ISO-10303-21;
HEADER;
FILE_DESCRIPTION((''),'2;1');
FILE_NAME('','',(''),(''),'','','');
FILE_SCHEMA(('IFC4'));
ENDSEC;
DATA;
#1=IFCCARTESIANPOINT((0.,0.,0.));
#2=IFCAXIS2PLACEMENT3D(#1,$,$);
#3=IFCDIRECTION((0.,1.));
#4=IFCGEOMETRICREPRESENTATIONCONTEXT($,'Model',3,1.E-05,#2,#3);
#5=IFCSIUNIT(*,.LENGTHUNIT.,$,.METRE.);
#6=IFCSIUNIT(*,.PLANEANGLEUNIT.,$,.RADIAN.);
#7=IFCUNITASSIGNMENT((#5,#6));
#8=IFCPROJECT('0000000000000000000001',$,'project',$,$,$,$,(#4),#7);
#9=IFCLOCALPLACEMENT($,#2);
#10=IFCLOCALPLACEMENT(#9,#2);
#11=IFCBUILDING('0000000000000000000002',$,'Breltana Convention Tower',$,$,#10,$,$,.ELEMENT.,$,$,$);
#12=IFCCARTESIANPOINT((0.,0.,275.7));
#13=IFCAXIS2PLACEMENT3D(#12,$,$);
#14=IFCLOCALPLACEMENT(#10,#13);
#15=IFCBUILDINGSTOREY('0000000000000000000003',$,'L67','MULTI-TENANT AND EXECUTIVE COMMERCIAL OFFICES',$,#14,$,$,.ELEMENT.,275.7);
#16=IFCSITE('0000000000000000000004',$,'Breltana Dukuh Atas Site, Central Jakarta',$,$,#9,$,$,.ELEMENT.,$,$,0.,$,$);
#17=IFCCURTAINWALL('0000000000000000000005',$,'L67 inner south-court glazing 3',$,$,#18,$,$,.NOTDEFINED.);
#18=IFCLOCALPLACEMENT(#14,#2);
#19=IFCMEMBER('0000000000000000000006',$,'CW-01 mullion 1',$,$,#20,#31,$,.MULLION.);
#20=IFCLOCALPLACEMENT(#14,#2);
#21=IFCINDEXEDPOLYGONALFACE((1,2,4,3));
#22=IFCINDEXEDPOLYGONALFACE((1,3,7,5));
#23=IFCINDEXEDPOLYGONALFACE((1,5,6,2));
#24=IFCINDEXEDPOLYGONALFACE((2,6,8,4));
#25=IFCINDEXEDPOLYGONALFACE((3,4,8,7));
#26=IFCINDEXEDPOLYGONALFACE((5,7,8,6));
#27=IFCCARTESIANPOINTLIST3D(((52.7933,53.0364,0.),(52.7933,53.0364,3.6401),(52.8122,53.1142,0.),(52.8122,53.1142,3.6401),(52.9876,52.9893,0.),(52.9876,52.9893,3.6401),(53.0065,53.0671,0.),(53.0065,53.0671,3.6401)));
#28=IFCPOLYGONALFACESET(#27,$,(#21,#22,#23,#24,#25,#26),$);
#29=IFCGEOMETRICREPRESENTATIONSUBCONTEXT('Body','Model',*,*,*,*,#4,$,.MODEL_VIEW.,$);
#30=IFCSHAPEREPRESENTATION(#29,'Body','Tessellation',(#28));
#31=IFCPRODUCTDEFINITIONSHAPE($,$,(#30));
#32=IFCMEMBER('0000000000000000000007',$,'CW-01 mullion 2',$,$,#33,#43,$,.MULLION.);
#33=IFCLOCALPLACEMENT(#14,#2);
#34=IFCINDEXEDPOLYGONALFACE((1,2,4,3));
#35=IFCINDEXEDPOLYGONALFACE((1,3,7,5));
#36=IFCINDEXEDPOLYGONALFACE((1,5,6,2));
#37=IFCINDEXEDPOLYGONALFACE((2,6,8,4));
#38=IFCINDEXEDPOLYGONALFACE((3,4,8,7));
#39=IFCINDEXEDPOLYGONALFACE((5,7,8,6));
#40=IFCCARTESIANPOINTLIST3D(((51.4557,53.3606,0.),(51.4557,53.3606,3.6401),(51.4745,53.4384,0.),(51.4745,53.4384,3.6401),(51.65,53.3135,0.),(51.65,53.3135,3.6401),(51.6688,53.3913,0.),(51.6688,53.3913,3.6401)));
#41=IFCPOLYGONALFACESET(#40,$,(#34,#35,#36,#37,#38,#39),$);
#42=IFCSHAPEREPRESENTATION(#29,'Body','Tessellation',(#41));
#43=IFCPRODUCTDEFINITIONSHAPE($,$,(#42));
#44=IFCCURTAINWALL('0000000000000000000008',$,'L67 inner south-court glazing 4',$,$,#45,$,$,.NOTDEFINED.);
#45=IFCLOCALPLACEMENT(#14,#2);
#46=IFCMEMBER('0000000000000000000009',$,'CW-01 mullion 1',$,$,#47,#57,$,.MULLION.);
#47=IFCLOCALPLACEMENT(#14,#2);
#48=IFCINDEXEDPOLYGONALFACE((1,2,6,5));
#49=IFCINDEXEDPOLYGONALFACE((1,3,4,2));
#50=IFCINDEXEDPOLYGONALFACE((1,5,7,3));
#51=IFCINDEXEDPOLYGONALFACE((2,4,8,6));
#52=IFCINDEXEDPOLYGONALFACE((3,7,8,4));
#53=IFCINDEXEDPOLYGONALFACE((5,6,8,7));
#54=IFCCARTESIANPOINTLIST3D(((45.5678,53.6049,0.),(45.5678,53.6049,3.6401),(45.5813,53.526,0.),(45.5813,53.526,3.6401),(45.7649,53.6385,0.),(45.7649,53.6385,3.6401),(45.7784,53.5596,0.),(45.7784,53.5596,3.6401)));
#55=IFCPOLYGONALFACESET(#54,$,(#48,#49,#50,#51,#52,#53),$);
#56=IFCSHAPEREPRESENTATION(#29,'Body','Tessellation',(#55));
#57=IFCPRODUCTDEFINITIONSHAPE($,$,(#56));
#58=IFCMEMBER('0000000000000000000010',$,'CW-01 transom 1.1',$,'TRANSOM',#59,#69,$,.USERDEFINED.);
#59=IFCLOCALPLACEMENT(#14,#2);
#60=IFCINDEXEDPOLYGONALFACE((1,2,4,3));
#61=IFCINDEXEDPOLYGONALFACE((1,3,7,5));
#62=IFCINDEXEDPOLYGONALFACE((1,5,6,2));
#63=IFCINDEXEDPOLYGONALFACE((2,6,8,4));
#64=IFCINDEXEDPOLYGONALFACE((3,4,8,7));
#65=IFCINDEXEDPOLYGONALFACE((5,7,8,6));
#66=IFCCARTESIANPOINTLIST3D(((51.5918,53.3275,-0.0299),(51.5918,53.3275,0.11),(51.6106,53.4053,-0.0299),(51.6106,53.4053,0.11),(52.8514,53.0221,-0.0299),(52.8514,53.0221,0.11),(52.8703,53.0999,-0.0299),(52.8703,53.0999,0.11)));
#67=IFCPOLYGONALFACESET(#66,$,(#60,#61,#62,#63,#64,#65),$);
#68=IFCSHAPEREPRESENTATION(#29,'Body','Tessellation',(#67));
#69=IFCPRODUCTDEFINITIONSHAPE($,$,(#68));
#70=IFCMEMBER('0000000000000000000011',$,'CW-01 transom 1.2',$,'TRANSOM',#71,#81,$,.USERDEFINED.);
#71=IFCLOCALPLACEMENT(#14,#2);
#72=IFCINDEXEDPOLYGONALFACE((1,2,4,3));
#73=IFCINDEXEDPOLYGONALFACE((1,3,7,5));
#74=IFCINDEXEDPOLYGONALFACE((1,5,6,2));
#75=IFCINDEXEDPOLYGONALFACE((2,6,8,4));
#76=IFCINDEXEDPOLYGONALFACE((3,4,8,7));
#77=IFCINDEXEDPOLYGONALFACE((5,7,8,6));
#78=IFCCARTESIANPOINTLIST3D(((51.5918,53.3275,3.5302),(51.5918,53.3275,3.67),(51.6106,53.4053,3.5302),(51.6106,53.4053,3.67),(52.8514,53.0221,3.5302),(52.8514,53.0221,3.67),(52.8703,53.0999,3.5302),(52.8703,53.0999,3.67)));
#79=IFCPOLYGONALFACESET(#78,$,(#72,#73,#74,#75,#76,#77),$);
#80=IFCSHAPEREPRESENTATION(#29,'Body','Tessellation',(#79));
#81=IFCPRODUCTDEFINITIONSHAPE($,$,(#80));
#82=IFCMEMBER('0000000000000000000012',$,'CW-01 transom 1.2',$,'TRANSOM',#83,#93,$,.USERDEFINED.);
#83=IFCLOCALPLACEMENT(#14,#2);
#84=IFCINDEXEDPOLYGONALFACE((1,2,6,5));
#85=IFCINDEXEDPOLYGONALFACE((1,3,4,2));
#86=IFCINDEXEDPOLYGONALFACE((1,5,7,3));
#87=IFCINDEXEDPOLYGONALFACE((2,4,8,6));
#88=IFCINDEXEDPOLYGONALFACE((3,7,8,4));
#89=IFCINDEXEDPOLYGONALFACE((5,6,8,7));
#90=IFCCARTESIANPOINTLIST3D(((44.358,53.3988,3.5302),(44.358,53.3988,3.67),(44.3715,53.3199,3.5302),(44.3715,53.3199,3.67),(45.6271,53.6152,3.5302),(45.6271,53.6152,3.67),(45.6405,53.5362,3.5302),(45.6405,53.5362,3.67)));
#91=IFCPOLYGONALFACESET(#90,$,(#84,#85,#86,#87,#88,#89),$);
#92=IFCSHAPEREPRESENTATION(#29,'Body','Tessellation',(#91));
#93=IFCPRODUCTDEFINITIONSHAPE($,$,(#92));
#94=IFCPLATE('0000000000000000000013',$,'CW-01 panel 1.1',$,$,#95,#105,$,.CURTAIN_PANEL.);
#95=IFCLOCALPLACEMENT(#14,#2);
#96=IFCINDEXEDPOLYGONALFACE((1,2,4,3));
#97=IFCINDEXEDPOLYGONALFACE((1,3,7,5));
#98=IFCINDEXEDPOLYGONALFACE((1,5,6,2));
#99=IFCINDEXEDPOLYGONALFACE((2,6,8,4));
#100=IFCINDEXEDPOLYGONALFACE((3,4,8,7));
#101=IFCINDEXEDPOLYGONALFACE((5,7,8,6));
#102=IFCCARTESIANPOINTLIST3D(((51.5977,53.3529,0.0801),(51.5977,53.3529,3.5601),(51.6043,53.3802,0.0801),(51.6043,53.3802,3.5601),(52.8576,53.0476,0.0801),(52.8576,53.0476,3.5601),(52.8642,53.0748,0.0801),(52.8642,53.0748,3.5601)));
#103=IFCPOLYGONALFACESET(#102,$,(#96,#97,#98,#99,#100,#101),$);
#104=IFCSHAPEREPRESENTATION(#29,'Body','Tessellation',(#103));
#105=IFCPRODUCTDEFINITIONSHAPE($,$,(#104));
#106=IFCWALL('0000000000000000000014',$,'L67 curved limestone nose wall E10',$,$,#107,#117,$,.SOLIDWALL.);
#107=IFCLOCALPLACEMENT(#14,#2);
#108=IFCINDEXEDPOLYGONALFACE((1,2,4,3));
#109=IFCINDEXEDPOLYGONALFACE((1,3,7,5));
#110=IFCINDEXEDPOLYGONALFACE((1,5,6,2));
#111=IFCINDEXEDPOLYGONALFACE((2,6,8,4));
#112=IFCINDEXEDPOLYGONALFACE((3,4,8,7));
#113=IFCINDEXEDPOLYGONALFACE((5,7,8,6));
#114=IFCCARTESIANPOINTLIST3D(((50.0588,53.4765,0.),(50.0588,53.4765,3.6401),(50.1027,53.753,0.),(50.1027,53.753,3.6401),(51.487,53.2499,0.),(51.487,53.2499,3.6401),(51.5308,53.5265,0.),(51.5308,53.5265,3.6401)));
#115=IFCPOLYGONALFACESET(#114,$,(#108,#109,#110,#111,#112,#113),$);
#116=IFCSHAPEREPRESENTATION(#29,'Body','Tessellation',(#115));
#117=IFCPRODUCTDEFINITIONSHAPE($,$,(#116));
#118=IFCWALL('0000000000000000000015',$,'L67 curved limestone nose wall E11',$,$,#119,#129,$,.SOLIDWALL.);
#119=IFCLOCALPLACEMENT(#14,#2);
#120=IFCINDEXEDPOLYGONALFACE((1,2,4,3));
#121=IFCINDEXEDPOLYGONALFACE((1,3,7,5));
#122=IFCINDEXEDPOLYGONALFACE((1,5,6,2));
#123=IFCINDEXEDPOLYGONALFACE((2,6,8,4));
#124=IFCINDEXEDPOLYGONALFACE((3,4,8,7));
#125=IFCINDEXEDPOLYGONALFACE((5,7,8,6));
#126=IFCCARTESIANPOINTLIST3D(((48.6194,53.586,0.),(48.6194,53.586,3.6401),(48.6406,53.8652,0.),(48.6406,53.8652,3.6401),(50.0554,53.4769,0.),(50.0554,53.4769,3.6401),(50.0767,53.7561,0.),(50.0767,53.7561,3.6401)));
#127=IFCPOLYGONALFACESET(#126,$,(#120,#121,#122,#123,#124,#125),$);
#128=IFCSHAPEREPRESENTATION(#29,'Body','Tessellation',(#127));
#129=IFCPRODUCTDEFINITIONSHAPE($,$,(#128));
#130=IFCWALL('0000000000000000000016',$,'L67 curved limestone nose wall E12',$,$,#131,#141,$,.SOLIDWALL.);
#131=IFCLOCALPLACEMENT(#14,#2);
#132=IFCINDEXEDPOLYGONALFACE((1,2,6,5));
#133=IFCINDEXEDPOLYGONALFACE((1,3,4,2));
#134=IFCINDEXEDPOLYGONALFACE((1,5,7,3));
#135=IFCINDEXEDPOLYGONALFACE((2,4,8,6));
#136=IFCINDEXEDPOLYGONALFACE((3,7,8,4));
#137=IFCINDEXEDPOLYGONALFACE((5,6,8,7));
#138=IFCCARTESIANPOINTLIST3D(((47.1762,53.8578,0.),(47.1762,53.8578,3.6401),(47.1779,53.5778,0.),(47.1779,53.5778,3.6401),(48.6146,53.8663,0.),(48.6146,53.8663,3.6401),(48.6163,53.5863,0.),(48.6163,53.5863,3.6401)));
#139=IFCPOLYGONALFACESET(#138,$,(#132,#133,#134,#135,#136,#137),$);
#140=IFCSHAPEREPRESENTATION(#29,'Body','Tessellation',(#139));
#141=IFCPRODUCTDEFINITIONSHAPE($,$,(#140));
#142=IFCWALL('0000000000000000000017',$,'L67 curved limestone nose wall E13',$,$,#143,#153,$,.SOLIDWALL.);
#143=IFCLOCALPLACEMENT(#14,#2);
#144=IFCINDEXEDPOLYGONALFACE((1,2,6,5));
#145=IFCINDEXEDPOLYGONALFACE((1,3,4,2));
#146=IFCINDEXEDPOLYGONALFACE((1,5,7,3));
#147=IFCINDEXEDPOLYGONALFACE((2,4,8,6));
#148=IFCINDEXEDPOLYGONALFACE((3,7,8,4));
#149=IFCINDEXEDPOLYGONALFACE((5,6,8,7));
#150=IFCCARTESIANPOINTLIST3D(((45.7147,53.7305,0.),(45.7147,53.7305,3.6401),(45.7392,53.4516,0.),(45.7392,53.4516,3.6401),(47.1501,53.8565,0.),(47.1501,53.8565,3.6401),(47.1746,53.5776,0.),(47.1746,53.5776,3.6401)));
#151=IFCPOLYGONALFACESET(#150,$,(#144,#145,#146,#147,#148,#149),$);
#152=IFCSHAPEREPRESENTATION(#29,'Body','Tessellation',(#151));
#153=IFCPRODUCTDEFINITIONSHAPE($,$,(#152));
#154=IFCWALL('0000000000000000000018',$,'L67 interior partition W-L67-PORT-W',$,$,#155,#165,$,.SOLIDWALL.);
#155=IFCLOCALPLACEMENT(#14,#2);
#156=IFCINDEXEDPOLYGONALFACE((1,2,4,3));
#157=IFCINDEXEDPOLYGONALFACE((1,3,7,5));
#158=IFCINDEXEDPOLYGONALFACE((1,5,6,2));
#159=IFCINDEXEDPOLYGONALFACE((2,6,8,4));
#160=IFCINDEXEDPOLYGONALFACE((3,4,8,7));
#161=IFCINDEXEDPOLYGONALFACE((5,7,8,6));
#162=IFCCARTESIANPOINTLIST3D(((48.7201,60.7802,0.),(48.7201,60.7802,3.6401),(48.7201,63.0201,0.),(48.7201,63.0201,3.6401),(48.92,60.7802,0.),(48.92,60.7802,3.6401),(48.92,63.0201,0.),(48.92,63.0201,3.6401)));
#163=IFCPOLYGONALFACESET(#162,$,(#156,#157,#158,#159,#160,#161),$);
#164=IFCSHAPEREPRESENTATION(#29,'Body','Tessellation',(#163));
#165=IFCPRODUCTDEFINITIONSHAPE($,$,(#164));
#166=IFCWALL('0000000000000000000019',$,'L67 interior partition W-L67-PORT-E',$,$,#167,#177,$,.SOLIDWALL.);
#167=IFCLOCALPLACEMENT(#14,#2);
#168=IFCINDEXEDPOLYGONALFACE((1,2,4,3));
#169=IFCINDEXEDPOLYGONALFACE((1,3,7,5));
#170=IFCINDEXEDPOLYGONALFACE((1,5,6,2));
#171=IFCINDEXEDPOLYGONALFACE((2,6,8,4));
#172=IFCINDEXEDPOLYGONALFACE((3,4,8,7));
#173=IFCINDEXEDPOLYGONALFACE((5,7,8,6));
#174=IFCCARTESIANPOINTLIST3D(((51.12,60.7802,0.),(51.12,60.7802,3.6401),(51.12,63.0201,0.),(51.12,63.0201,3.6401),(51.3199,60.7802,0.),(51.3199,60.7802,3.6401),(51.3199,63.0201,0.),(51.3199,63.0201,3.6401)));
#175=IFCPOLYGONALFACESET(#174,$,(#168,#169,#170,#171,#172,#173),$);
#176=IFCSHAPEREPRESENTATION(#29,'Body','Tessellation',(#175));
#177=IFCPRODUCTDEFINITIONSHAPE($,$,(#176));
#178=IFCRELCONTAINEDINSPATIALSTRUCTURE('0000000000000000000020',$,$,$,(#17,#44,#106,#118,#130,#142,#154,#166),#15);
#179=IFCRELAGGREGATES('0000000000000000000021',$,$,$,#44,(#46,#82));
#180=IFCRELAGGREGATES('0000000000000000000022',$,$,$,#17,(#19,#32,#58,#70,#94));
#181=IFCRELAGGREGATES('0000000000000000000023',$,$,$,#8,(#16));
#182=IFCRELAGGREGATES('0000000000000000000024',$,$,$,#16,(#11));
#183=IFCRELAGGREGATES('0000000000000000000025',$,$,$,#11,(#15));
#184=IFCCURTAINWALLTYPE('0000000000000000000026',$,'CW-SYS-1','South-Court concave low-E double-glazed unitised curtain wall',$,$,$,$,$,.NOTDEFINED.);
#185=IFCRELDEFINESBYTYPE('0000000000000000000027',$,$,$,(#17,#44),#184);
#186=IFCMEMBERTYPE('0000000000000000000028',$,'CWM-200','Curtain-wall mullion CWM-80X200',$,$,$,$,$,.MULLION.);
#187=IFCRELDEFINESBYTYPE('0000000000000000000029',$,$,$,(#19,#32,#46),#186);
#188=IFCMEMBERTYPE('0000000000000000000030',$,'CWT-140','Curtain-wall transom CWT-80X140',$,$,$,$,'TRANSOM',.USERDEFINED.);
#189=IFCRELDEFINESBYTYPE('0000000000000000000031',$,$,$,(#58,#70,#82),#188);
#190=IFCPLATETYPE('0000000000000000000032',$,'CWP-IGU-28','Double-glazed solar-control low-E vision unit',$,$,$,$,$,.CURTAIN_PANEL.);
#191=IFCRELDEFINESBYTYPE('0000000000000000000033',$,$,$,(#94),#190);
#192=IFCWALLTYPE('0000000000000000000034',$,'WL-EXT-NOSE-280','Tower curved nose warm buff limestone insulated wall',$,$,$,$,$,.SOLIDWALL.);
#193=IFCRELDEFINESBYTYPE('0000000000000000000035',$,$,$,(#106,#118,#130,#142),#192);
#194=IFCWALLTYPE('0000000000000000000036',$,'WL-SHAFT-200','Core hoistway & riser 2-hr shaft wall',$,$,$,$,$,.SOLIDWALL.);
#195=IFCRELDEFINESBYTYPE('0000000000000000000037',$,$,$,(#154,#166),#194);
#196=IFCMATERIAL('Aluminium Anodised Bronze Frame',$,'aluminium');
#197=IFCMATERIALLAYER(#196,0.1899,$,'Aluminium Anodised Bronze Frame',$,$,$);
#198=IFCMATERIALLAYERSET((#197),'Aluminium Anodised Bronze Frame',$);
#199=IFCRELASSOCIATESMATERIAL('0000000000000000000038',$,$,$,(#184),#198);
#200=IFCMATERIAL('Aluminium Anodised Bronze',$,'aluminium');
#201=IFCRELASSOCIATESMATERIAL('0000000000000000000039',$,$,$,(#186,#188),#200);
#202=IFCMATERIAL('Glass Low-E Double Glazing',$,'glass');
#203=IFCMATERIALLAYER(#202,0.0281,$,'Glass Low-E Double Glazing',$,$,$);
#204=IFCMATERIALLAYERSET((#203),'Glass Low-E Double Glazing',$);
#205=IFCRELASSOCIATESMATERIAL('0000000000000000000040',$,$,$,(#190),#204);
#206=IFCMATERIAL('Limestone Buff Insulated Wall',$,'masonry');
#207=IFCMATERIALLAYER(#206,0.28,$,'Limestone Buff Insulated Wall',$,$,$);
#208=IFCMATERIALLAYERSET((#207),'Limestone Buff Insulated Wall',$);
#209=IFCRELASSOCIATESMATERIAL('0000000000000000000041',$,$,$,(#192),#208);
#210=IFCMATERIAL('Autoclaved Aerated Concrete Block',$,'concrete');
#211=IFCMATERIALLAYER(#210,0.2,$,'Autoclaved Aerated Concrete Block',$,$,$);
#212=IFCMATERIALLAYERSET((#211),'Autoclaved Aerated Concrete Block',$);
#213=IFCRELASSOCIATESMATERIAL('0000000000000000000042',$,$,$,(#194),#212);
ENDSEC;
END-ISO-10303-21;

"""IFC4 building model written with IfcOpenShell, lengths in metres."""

from ifc_helpers import new_model, si_unit, direction, frame, frame_2d, origin, origin_2d, place, context, subcontext, project, spatial, rectangle, extrude, source, transform, mapped, material, layer, layer_set, material_profile, profile_set, type_object, element, aggregate, save


model = new_model("IFC4")

# Units and contexts
model_context = context("Model", 3, precision=1e-05, world=origin(), true_north=direction((0.0, 1.0)))
body_context = subcontext(model_context, "Body", "Model", "MODEL_VIEW")
ifc_project = project(units=[si_unit("LENGTHUNIT", "METRE"), si_unit("PLANEANGLEUNIT", "RADIAN")], contexts=[model_context])

# Site, building, storey
site_placement = place(None, origin())
site = spatial("IfcSite", under=ifc_project, at=site_placement, Name="Breltana Dukuh Atas Site, Central Jakarta", CompositionType="ELEMENT", RefElevation=0.0)
building_placement = place(site_placement, origin())
building = spatial("IfcBuilding", under=site, at=building_placement, Name="Breltana Convention Tower", CompositionType="ELEMENT")
storey_placement = place(building_placement, frame((0.0, 0.0, 275.7)))
storey = spatial("IfcBuildingStorey", under=building, at=storey_placement, Name="L67", Description="MULTI-TENANT AND EXECUTIVE COMMERCIAL OFFICES", CompositionType="ELEMENT", Elevation=275.7)

# Curtain wall, members
ifc_material_1 = material(Name="Aluminium Anodised Bronze Frame", Category="aluminium")
ifc_layer_1 = layer(ifc_material_1, 0.1899, Name="Aluminium Anodised Bronze Frame")
ifc_layer_set_1 = layer_set([ifc_layer_1], Name="Aluminium Anodised Bronze Frame")
curtain_wall_type = type_object("IfcCurtainWallType", Name="CW-SYS-1", Description="South-Court concave low-E double-glazed unitised curtain wall", PredefinedType="NOTDEFINED", material=ifc_layer_set_1)
curtain_wall_1_placement = place(storey_placement, origin())
curtain_wall_1 = element("IfcCurtainWall", 1, at=curtain_wall_1_placement, inside=storey, type_object=curtain_wall_type, Name="L67 inner south-court glazing 3", PredefinedType="NOTDEFINED")
ifc_material_2 = material(Name="Aluminium Anodised Bronze", Category="aluminium")
ifc_material_profile_1 = material_profile(ifc_material_2, rectangle(XDim=0.0801, YDim=0.2, at=origin_2d()), Name="CWM-80X200")
ifc_profile_set_1 = profile_set([ifc_material_profile_1], Name="Aluminium Anodised Bronze")
member_type_1 = type_object("IfcMemberType", Name="CWM-200", Description="Curtain-wall mullion CWM-80X200", PredefinedType="MULLION", material=ifc_profile_set_1)
shared_shape_1 = source(origin(), body_context, "Body", "SweptSolid", [
    extrude(rectangle(XDim=0.0801, YDim=0.2, at=origin_2d()), origin(), (0.0, 0.0, 1.0), 3.6401),
])
member_1_placement = place(storey_placement, frame((52.8999, 53.0518, 0.0), z_axis=(0.0, 0.0, 1.0), x_axis=(-0.235517, -0.97187, 0.0)))
member_1 = element("IfcMember", 2, at=member_1_placement, type_object=member_type_1, Name="CW-01 mullion 1", PredefinedType="MULLION", context=body_context, shape_type="MappedRepresentation", body=[
    mapped(shared_shape_1, transform((0.0, 0.0, 0.0), scale=1.0)),
])
member_2_placement = place(storey_placement, frame((51.5623, 53.376, 0.0), z_axis=(0.0, 0.0, 1.0), x_axis=(-0.235517, -0.97187, 0.0)))
member_2 = element("IfcMember", 3, at=member_2_placement, type_object=member_type_1, Name="CW-01 mullion 2", PredefinedType="MULLION", context=body_context, shape_type="MappedRepresentation", body=[
    mapped(shared_shape_1, transform((0.0, 0.0, 0.0), scale=1.0)),
])

# Curtain wall, member
curtain_wall_2_placement = place(storey_placement, origin())
curtain_wall_2 = element("IfcCurtainWall", 4, at=curtain_wall_2_placement, inside=storey, type_object=curtain_wall_type, Name="L67 inner south-court glazing 4", PredefinedType="NOTDEFINED")
member_3_placement = place(storey_placement, frame((45.6731, 53.5823, 0.0), z_axis=(0.0, 0.0, 1.0), x_axis=(0.168028, -0.985782, 0.0)))
member_3 = element("IfcMember", 5, at=member_3_placement, type_object=member_type_1, Name="CW-01 mullion 1", PredefinedType="MULLION", context=body_context, shape_type="MappedRepresentation", body=[
    mapped(shared_shape_1, transform((0.0, 0.0, 0.0), scale=1.0)),
])

# Members
ifc_material_profile_2 = material_profile(ifc_material_2, rectangle(XDim=0.0801, YDim=0.1399, at=origin_2d()), Name="CWT-80X140")
ifc_profile_set_2 = profile_set([ifc_material_profile_2], Name="Aluminium Anodised Bronze")
member_type_2 = type_object("IfcMemberType", Name="CWT-140", Description="Curtain-wall transom CWT-80X140", ElementType="TRANSOM", PredefinedType="USERDEFINED", material=ifc_profile_set_2)
shared_shape_2 = source(origin(), body_context, "Body", "SweptSolid", [
    extrude(rectangle(XDim=0.0801, YDim=0.1399, at=origin_2d()), origin(), (0.0, 0.0, 1.0), 1.2961),
])
member_4_placement = place(storey_placement, frame((52.8608, 53.061, 0.04), z_axis=(-0.971846, 0.235616, 0.0), x_axis=(-0.235616, -0.971846, 0.0)))
member_4 = element("IfcMember", 6, at=member_4_placement, type_object=member_type_2, Name="CW-01 transom 1.1", ObjectType="TRANSOM", PredefinedType="USERDEFINED", context=body_context, shape_type="MappedRepresentation", body=[
    mapped(shared_shape_2, transform((0.0, 0.0, 0.0), scale=1.0)),
])
member_5_placement = place(storey_placement, frame((52.8608, 53.061, 3.6001), z_axis=(-0.971846, 0.235616, 0.0), x_axis=(-0.235616, -0.971846, 0.0)))
member_5 = element("IfcMember", 7, at=member_5_placement, type_object=member_type_2, Name="CW-01 transom 1.2", ObjectType="TRANSOM", PredefinedType="USERDEFINED", context=body_context, shape_type="MappedRepresentation", body=[
    mapped(shared_shape_2, transform((0.0, 0.0, 0.0), scale=1.0)),
])
shared_shape_3 = source(origin(), body_context, "Body", "SweptSolid", [
    extrude(rectangle(XDim=0.0801, YDim=0.1399, at=origin_2d()), origin(), (0.0, 0.0, 1.0), 1.2874),
])
member_6_placement = place(storey_placement, frame((45.6338, 53.5757, 3.6001), z_axis=(-0.985782, -0.168027, 0.0), x_axis=(0.168027, -0.985782, 0.0)))
member_6 = element("IfcMember", 8, at=member_6_placement, type_object=member_type_2, Name="CW-01 transom 1.2", ObjectType="TRANSOM", PredefinedType="USERDEFINED", context=body_context, shape_type="MappedRepresentation", body=[
    mapped(shared_shape_3, transform((0.0, 0.0, 0.0), scale=1.0)),
])
aggregate(curtain_wall_2, [member_3, member_6])

# Plate
ifc_material_3 = material(Name="Glass Low-E Double Glazing", Category="glass")
ifc_layer_2 = layer(ifc_material_3, 0.0281, Name="Glass Low-E Double Glazing")
ifc_layer_set_2 = layer_set([ifc_layer_2], Name="Glass Low-E Double Glazing")
plate_type = type_object("IfcPlateType", Name="CWP-IGU-28", Description="Double-glazed solar-control low-E vision unit", PredefinedType="CURTAIN_PANEL", material=ifc_layer_set_2)
shared_shape_4 = source(origin(), body_context, "Body", "SweptSolid", [
    extrude(rectangle(XDim=1.2964, YDim=0.0281, at=origin_2d()), origin(), (0.0, 0.0, 1.0), 3.48),
])
plate_placement = place(storey_placement, frame((52.231, 53.2139, 0.0801), z_axis=(0.0, 0.0, 1.0), x_axis=(-0.97187, 0.235517, 0.0)))
plate = element("IfcPlate", 9, at=plate_placement, type_object=plate_type, Name="CW-01 panel 1.1", PredefinedType="CURTAIN_PANEL", context=body_context, shape_type="MappedRepresentation", body=[
    mapped(shared_shape_4, transform((0.0, 0.0, 0.0), scale=1.0)),
])
aggregate(curtain_wall_1, [member_1, member_2, member_4, member_5, plate])

# Walls
ifc_material_4 = material(Name="Limestone Buff Insulated Wall", Category="masonry")
ifc_layer_3 = layer(ifc_material_4, 0.28, Name="Limestone Buff Insulated Wall")
ifc_layer_set_3 = layer_set([ifc_layer_3], Name="Limestone Buff Insulated Wall")
wall_type_1 = type_object("IfcWallType", Name="WL-EXT-NOSE-280", Description="Tower curved nose warm buff limestone insulated wall", PredefinedType="SOLIDWALL", material=ifc_layer_set_3)
shared_shape_5 = source(origin(), body_context, "Body", "SweptSolid", [
    extrude(rectangle(XDim=1.446, YDim=0.28, at=frame_2d((0.7231, 0.0))), origin(), (0.0, 0.0, 1.0), 3.6401),
])
wall_1_placement = place(storey_placement, frame((51.509, 53.3882, 0.0), z_axis=(0.0, 0.0, 1.0), x_axis=(-0.98765, 0.156673, 0.0)))
element("IfcWall", 10, at=wall_1_placement, inside=storey, type_object=wall_type_1, Name="L67 curved limestone nose wall E10", PredefinedType="SOLIDWALL", context=body_context, shape_type="MappedRepresentation", body=[
    mapped(shared_shape_5, transform((0.0, 0.0, 0.0), scale=1.0)),
])
shared_shape_6 = source(origin(), body_context, "Body", "SweptSolid", [
    extrude(rectangle(XDim=1.4402, YDim=0.28, at=frame_2d((0.7202, 0.0))), origin(), (0.0, 0.0, 1.0), 3.6401),
])
wall_2_placement = place(storey_placement, frame((50.0662, 53.6165, 0.0), z_axis=(0.0, 0.0, 1.0), x_axis=(-0.997125, 0.075776, 0.0)))
element("IfcWall", 11, at=wall_2_placement, inside=storey, type_object=wall_type_1, Name="L67 curved limestone nose wall E11", PredefinedType="SOLIDWALL", context=body_context, shape_type="MappedRepresentation", body=[
    mapped(shared_shape_6, transform((0.0, 0.0, 0.0), scale=1.0)),
])
shared_shape_7 = source(origin(), body_context, "Body", "SweptSolid", [
    extrude(rectangle(XDim=1.4385, YDim=0.28, at=frame_2d((0.7192, 0.0))), origin(), (0.0, 0.0, 1.0), 3.6401),
])
wall_3_placement = place(storey_placement, frame((48.6155, 53.7263, 0.0), z_axis=(0.0, 0.0, 1.0), x_axis=(-0.999982, -0.00594, 0.0)))
element("IfcWall", 12, at=wall_3_placement, inside=storey, type_object=wall_type_1, Name="L67 curved limestone nose wall E12", PredefinedType="SOLIDWALL", context=body_context, shape_type="MappedRepresentation", body=[
    mapped(shared_shape_7, transform((0.0, 0.0, 0.0), scale=1.0)),
])
shared_shape_8 = source(origin(), body_context, "Body", "SweptSolid", [
    extrude(rectangle(XDim=1.4409, YDim=0.28, at=frame_2d((0.7205, 0.0))), origin(), (0.0, 0.0, 1.0), 3.6401),
])
wall_4_placement = place(storey_placement, frame((47.1624, 53.717, 0.0), z_axis=(0.0, 0.0, 1.0), x_axis=(-0.99617, -0.087434, 0.0)))
element("IfcWall", 13, at=wall_4_placement, inside=storey, type_object=wall_type_1, Name="L67 curved limestone nose wall E13", PredefinedType="SOLIDWALL", context=body_context, shape_type="MappedRepresentation", body=[
    mapped(shared_shape_8, transform((0.0, 0.0, 0.0), scale=1.0)),
])
ifc_material_5 = material(Name="Autoclaved Aerated Concrete Block", Category="concrete")
ifc_layer_4 = layer(ifc_material_5, 0.2, Name="Autoclaved Aerated Concrete Block")
ifc_layer_set_4 = layer_set([ifc_layer_4], Name="Autoclaved Aerated Concrete Block")
wall_type_2 = type_object("IfcWallType", Name="WL-SHAFT-200", Description="Core hoistway & riser 2-hr shaft wall", PredefinedType="SOLIDWALL", material=ifc_layer_set_4)
shared_shape_9 = source(origin(), body_context, "Body", "SweptSolid", [
    extrude(rectangle(XDim=2.24, YDim=0.2, at=frame_2d((1.1201, 0.0))), origin(), (0.0, 0.0, 1.0), 3.6401),
])
for number, where, z_axis, x_axis, name in (
    (14, (48.8201, 60.78, 0.0), (0.0, 0.0, 1.0), (0.0, 1.0, 0.0), "L67 interior partition W-L67-PORT-W"),
    (15, (51.22, 60.78, 0.0), (0.0, 0.0, 1.0), (0.0, 1.0, 0.0), "L67 interior partition W-L67-PORT-E"),
):
    element("IfcWall", number, at=place(storey_placement, frame(where, z_axis=z_axis, x_axis=x_axis)), inside=storey, type_object=wall_type_2, Name=name, PredefinedType="SOLIDWALL", context=body_context, shape_type="MappedRepresentation", body=[
        mapped(shared_shape_9, transform((0.0, 0.0, 0.0), scale=1.0)),
    ])

save(model, "model.ifc")
